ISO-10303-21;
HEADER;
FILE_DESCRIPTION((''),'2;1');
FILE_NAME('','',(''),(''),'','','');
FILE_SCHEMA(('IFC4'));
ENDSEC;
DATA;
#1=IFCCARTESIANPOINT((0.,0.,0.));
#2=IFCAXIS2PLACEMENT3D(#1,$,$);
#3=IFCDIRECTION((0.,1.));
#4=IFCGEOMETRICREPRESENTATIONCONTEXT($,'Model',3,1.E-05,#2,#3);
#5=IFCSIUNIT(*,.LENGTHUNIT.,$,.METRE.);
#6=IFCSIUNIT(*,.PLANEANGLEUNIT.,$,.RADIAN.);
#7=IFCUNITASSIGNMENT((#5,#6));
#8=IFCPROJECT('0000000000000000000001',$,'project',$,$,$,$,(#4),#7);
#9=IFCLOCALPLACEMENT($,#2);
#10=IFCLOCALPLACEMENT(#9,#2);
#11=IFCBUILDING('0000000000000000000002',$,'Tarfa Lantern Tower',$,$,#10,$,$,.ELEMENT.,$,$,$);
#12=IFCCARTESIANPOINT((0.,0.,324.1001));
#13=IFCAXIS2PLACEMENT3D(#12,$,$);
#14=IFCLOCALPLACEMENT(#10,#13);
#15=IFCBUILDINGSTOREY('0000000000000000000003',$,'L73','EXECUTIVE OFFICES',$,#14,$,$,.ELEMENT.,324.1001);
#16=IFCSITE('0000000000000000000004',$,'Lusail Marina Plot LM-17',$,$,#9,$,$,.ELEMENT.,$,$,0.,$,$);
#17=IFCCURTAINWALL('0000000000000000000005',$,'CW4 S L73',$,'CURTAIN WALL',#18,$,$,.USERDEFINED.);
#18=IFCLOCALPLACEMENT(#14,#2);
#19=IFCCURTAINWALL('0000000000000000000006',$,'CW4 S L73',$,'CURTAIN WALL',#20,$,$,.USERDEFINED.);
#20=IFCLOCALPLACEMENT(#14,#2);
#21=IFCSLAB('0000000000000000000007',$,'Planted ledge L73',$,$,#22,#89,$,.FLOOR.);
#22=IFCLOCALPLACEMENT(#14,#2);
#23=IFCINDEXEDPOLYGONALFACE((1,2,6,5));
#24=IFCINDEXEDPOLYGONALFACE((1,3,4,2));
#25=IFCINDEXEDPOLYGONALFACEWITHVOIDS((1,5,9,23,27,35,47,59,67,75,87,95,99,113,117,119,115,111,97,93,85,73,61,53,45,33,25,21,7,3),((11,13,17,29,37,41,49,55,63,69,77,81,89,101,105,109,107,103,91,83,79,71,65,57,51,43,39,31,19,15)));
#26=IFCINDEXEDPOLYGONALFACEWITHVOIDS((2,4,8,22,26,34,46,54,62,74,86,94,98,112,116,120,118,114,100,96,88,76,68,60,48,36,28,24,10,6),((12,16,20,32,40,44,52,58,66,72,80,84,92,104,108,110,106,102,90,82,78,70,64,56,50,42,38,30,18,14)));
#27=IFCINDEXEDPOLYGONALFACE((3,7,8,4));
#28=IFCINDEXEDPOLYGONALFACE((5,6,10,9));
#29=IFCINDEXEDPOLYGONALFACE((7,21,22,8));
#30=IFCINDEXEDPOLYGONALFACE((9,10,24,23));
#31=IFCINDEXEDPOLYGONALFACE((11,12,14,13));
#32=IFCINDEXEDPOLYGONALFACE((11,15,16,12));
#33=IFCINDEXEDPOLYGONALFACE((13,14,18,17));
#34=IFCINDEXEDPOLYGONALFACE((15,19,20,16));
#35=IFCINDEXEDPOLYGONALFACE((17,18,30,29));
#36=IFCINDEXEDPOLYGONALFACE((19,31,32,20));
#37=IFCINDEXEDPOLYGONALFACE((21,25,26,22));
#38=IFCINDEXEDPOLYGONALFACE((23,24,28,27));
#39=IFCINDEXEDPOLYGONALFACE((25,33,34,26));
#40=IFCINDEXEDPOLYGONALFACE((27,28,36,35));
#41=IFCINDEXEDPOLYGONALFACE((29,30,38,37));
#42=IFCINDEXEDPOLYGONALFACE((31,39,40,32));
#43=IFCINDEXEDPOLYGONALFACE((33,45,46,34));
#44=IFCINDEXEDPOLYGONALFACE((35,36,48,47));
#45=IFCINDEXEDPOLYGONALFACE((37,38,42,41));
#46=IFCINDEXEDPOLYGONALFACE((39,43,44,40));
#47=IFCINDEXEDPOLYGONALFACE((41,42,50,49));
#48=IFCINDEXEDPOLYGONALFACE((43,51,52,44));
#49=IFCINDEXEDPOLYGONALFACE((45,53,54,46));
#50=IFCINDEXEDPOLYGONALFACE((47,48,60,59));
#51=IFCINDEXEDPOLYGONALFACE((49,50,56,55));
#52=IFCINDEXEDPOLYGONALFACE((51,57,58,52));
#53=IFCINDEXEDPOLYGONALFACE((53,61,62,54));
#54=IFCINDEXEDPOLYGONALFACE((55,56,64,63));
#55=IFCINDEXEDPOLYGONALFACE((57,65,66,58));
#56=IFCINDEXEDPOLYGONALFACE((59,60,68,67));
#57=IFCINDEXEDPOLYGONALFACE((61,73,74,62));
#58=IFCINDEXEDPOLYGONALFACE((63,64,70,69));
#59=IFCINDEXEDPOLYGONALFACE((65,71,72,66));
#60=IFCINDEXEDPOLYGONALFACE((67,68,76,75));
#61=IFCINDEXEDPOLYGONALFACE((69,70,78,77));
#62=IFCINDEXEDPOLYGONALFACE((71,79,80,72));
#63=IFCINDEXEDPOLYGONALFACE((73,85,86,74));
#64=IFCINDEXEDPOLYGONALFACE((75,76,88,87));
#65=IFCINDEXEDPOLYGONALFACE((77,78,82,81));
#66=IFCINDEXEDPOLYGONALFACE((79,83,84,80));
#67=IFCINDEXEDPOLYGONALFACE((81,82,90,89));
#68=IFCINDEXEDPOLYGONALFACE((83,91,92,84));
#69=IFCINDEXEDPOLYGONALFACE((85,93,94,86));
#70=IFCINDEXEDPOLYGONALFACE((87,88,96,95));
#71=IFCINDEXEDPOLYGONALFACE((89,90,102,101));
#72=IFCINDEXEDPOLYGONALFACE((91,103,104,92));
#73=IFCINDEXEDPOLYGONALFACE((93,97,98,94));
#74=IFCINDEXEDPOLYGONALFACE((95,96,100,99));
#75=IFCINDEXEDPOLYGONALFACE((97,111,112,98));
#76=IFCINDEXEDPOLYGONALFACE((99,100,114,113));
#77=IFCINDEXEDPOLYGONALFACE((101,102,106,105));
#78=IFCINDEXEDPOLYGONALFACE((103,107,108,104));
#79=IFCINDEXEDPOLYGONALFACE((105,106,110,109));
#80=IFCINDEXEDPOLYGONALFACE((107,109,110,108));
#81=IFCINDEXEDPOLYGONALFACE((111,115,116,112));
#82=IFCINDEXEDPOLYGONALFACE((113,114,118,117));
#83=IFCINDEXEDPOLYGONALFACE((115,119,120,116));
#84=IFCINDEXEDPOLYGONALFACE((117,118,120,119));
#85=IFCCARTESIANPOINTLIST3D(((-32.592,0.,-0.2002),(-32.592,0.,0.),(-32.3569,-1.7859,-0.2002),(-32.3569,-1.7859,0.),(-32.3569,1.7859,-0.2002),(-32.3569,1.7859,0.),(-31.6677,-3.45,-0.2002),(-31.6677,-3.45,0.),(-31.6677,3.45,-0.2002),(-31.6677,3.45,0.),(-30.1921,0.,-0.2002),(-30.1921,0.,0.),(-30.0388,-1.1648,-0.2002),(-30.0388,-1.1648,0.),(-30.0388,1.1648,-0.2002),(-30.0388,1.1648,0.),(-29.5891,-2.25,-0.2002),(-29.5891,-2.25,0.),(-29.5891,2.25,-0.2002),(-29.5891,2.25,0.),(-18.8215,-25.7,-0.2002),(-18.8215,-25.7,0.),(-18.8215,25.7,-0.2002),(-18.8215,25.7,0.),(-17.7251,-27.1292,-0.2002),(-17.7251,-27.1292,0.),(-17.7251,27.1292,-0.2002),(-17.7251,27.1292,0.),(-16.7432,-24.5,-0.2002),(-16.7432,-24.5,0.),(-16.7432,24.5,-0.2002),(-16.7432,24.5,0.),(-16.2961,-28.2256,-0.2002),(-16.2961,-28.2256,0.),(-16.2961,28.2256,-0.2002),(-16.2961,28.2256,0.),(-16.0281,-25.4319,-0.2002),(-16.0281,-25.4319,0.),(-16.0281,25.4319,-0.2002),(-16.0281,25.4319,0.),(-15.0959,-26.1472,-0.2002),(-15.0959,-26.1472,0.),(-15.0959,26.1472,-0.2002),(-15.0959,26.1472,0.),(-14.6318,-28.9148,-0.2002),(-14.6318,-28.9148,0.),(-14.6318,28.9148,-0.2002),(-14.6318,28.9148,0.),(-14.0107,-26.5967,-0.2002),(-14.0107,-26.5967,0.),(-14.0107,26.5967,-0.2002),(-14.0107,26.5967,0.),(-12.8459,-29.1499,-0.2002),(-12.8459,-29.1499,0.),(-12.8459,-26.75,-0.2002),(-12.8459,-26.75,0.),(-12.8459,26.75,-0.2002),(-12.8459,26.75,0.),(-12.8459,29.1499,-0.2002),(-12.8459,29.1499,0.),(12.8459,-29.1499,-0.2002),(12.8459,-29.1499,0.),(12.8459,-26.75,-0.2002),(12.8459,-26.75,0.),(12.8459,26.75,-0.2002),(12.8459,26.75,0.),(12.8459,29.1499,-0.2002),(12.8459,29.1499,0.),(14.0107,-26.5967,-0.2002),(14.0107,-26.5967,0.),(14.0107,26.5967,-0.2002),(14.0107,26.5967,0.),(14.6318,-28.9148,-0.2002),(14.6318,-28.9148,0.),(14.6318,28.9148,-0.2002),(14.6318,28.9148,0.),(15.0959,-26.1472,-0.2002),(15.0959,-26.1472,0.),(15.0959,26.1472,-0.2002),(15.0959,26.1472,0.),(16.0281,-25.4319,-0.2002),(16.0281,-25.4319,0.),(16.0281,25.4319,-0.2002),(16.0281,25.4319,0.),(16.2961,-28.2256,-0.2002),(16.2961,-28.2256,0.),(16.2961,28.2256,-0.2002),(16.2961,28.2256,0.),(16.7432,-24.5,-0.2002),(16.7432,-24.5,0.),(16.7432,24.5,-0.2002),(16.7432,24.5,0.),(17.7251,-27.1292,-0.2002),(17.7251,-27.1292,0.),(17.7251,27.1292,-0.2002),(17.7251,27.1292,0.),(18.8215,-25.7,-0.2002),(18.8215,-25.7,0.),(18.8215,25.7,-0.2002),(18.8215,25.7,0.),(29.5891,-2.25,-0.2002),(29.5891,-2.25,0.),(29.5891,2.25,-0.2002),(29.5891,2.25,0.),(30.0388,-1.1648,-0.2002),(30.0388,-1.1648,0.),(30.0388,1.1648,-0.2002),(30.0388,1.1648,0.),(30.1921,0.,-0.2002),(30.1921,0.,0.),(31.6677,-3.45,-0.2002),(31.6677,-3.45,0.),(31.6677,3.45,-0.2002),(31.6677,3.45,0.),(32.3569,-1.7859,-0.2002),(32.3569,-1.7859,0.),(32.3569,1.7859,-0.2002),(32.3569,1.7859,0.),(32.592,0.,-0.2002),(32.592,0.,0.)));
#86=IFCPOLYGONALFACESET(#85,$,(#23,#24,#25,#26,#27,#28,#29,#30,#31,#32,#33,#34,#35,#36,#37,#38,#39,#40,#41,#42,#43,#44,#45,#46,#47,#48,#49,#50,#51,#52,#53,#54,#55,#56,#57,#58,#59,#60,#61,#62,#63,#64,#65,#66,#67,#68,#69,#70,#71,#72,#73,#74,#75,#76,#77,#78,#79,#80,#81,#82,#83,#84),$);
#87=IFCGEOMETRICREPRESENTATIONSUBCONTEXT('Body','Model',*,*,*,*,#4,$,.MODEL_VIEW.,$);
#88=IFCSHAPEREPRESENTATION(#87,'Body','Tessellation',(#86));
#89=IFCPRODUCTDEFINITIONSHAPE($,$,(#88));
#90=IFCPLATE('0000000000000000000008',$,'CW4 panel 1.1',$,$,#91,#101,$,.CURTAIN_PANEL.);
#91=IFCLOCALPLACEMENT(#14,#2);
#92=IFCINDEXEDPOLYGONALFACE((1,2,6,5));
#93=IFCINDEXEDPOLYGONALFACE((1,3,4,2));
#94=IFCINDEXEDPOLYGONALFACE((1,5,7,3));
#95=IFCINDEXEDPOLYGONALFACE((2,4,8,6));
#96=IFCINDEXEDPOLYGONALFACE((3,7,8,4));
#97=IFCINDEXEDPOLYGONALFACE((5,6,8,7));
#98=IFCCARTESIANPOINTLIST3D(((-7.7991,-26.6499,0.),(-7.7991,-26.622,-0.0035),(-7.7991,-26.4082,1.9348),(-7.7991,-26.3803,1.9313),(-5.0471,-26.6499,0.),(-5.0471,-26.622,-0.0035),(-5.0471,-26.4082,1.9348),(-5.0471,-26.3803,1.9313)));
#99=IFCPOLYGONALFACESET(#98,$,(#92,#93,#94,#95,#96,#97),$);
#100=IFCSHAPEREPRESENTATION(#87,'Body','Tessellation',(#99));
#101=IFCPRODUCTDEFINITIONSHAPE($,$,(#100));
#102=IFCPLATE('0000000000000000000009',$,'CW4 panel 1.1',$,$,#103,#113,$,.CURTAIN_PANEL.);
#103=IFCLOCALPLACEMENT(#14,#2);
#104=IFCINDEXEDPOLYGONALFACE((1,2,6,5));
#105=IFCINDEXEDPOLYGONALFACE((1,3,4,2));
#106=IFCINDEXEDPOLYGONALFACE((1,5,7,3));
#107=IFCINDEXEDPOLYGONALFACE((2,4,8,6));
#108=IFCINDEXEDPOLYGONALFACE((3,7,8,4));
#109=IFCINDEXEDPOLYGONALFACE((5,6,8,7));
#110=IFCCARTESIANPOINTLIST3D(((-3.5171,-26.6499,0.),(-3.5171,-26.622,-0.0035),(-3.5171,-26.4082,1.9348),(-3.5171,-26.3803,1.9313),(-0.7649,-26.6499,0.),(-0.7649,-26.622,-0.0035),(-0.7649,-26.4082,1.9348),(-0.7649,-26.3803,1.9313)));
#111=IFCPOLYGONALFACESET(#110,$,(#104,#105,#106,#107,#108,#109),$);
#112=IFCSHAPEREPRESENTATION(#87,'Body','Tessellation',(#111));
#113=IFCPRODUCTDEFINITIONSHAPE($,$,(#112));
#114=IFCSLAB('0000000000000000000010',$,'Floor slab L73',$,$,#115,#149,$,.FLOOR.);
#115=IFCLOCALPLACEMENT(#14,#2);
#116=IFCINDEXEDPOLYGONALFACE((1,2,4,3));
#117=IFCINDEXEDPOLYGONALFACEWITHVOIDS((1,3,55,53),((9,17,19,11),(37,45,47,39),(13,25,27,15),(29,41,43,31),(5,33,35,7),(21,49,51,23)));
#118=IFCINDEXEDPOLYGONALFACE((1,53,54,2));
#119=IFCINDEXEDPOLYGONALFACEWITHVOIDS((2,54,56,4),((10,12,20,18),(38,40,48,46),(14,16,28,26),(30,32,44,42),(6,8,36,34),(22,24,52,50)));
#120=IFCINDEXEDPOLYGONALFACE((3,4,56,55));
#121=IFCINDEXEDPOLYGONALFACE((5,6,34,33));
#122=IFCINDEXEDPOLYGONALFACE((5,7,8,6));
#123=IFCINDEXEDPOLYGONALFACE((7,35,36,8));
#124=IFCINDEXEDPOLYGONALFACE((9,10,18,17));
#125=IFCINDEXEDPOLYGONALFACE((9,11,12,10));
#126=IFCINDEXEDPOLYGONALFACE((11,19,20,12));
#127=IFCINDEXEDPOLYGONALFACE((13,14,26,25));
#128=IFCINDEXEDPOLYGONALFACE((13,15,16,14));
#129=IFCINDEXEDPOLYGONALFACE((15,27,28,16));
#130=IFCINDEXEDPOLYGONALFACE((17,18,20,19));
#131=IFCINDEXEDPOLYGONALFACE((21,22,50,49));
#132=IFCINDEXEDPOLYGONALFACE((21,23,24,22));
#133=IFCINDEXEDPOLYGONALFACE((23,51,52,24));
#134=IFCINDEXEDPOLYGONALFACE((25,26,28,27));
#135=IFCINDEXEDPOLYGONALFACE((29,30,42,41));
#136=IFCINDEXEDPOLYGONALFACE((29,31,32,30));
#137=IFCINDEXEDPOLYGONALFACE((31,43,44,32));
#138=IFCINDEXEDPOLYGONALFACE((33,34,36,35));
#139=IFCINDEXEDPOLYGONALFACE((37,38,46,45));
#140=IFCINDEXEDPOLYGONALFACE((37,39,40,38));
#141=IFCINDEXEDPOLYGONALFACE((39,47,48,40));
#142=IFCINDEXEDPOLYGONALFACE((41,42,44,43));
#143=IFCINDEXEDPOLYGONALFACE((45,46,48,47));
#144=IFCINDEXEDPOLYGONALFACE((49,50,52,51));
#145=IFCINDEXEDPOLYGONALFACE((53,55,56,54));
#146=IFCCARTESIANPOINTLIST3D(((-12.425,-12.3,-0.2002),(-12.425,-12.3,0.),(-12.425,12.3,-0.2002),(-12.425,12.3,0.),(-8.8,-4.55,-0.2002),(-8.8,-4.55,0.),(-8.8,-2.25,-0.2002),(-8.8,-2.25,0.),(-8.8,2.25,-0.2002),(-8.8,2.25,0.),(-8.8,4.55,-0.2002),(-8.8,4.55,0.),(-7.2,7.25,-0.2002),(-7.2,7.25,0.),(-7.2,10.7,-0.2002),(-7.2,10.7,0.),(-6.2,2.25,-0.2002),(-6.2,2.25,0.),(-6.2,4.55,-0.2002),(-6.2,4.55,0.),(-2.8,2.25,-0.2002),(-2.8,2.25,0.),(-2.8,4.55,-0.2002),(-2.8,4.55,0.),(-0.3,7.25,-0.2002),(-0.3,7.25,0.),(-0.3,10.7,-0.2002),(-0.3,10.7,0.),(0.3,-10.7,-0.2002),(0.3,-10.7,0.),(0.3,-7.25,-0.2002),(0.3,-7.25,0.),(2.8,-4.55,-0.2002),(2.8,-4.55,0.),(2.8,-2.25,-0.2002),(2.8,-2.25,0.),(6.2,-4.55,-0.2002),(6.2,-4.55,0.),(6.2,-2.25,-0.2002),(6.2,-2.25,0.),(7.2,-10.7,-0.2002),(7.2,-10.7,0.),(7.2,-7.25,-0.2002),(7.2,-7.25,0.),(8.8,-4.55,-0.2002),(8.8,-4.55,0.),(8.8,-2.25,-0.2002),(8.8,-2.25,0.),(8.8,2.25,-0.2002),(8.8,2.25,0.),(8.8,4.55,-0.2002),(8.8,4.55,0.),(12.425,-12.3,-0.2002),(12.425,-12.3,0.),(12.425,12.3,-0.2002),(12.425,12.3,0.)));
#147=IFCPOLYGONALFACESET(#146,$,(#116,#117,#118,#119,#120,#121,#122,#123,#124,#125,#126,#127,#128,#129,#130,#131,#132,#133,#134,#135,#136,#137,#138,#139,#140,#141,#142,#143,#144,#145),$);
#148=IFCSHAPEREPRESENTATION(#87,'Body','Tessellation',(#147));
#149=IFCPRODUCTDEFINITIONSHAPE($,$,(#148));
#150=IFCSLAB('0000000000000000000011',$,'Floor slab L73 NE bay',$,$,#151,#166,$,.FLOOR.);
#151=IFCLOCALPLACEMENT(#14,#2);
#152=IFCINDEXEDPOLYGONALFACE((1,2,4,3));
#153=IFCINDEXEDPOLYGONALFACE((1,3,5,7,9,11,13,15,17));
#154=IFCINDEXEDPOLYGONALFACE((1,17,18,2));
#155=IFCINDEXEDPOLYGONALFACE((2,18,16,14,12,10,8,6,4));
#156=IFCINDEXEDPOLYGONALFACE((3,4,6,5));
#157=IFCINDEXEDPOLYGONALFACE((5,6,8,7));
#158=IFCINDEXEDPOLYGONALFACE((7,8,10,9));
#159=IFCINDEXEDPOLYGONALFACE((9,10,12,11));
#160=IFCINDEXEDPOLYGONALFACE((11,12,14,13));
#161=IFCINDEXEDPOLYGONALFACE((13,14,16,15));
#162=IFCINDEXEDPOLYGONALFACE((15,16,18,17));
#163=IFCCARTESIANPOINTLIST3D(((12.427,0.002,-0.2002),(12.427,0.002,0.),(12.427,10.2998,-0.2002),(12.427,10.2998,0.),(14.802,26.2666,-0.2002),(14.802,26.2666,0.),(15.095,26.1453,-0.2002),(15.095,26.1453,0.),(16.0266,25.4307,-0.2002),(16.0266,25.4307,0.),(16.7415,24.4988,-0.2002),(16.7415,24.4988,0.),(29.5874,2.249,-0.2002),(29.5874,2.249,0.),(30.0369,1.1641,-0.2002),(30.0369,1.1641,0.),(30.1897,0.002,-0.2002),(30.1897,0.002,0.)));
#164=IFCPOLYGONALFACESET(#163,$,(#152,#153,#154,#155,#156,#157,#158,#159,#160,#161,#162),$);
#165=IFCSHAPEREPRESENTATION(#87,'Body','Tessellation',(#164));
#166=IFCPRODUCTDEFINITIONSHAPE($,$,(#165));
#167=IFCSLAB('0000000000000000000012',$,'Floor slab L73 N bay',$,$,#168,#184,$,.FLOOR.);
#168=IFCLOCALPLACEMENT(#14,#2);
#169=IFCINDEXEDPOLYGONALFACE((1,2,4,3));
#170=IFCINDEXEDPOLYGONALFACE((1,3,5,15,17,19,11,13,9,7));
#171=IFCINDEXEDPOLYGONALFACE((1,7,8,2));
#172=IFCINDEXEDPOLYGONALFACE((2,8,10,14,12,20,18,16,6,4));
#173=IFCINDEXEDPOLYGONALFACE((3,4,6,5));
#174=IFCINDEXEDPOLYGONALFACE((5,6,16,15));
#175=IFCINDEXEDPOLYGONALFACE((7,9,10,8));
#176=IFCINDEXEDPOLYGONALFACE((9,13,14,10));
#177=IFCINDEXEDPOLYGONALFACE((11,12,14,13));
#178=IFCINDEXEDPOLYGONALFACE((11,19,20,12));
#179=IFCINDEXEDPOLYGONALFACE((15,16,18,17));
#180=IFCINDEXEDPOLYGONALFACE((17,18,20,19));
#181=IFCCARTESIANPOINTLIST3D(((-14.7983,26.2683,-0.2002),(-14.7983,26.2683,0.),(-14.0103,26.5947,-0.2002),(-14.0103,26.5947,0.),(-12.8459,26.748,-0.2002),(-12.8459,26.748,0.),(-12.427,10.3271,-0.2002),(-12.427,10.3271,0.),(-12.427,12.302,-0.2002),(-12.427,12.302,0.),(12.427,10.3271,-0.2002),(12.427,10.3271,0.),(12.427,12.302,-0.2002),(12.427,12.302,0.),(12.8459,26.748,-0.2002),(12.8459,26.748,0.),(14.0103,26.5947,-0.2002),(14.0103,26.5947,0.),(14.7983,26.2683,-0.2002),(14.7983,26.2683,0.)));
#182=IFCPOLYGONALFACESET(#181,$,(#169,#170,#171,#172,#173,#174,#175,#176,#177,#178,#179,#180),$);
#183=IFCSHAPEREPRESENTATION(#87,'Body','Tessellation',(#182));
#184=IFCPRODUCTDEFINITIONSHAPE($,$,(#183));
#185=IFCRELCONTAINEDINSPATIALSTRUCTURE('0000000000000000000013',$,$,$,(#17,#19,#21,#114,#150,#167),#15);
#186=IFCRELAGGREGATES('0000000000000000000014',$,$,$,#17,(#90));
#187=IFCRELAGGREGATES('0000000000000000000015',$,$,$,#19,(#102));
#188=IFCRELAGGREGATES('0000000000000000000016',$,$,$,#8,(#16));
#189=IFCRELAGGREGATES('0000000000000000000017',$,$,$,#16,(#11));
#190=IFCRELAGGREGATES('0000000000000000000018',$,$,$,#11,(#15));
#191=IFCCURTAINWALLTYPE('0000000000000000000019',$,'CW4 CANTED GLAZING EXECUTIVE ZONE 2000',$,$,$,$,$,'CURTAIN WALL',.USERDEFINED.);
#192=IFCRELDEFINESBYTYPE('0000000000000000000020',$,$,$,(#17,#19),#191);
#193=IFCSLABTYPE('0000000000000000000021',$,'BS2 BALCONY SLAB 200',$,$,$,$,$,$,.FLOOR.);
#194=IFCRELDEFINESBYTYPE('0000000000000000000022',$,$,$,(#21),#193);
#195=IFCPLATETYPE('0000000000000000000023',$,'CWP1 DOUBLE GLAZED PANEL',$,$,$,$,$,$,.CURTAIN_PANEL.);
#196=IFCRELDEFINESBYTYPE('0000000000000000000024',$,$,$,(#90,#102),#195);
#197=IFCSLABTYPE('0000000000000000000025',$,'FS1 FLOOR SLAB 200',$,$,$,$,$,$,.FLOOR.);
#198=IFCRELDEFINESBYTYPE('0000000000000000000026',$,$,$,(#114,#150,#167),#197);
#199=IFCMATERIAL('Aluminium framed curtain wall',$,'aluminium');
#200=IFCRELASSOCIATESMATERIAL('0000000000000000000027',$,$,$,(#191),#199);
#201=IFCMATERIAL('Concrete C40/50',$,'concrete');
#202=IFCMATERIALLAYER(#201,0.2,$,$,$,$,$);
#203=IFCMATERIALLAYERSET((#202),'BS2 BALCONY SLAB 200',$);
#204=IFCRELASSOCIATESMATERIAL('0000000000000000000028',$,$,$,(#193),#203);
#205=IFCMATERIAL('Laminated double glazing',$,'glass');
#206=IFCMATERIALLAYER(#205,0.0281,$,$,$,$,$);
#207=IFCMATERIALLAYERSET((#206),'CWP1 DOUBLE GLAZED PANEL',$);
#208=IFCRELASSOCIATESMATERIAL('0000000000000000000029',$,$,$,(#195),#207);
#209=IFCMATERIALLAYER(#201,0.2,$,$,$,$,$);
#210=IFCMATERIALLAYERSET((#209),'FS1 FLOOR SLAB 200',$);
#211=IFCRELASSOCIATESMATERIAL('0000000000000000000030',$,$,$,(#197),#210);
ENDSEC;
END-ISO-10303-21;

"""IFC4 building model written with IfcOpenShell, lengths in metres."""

from ifc_helpers import new_model, si_unit, direction, frame, origin, place, context, subcontext, project, spatial, polyline, outline, extrude, material, layer, layer_set, type_object, element, aggregate, save


model = new_model("IFC4")

# Units and contexts
model_context = context("Model", 3, precision=1e-05, world=origin(), true_north=direction((0.0, 1.0)))
body_context = subcontext(model_context, "Body", "Model", "MODEL_VIEW")
ifc_project = project(units=[si_unit("LENGTHUNIT", "METRE"), si_unit("PLANEANGLEUNIT", "RADIAN")], contexts=[model_context])

# Site, building, storey
site_placement = place(None, origin())
site = spatial("IfcSite", under=ifc_project, at=site_placement, Name="Lusail Marina Plot LM-17", CompositionType="ELEMENT", RefElevation=0.0)
building_placement = place(site_placement, origin())
building = spatial("IfcBuilding", under=site, at=building_placement, Name="Tarfa Lantern Tower", CompositionType="ELEMENT")
storey_placement = place(building_placement, frame((0.0, 0.0, 324.1001)))
storey = spatial("IfcBuildingStorey", under=building, at=storey_placement, Name="L73", Description="EXECUTIVE OFFICES", CompositionType="ELEMENT", Elevation=324.1001)

# Shared definitions
ifc_material_1 = material(Name="Aluminium framed curtain wall", Category="aluminium")
curtain_wall_type = type_object("IfcCurtainWallType", Name="CW4 CANTED GLAZING EXECUTIVE ZONE 2000", ElementType="CURTAIN WALL", PredefinedType="USERDEFINED", material=ifc_material_1)

# Curtain walls
curtain_wall_1_placement = place(storey_placement, origin())
curtain_wall_1 = element("IfcCurtainWall", 1, at=curtain_wall_1_placement, inside=storey, type_object=curtain_wall_type, Name="CW4 S L73", ObjectType="CURTAIN WALL", PredefinedType="USERDEFINED")
curtain_wall_2_placement = place(storey_placement, origin())
curtain_wall_2 = element("IfcCurtainWall", 2, at=curtain_wall_2_placement, inside=storey, type_object=curtain_wall_type, Name="CW4 S L73", ObjectType="CURTAIN WALL", PredefinedType="USERDEFINED")

# Slab
ifc_material_2 = material(Name="Concrete C40/50", Category="concrete")
ifc_layer_1 = layer(ifc_material_2, 0.2)
ifc_layer_set_1 = layer_set([ifc_layer_1], Name="BS2 BALCONY SLAB 200")
slab_type_1 = type_object("IfcSlabType", Name="BS2 BALCONY SLAB 200", PredefinedType="FLOOR", material=ifc_layer_set_1)
slab_1_placement = place(storey_placement, frame((0.0, 0.0, -0.2002)))
element("IfcSlab", 3, at=slab_1_placement, inside=storey, type_object=slab_type_1, Name="Planted ledge L73", PredefinedType="FLOOR", context=body_context, shape_type="SweptSolid", body=[
    extrude(outline(polyline([(31.6677, 3.45), (18.8215, 25.7), (17.7251, 27.1292), (16.2961, 28.2256), (14.6318, 28.9148), (12.8459, 29.1499), (-12.8459, 29.1499), (-14.6318, 28.9148), (-16.2961, 28.2256), (-17.7251, 27.1292), (-18.8215, 25.7), (-31.6677, 3.45), (-32.3569, 1.7859), (-32.592, 0.0), (-32.3569, -1.7859), (-31.6677, -3.45), (-18.8215, -25.7), (-17.7251, -27.1292), (-16.2961, -28.2256), (-14.6318, -28.9148), (-12.8459, -29.1499), (12.8459, -29.1499), (14.6318, -28.9148), (16.2961, -28.2256), (17.7251, -27.1292), (18.8215, -25.7), (31.6677, -3.45), (32.3569, -1.7859), (32.592, 0.0), (32.3569, 1.7859), (31.6677, 3.45)]), holes=[polyline([(29.5891, 2.25), (16.7432, 24.5), (16.0281, 25.4319), (15.0959, 26.1472), (14.0107, 26.5967), (12.8459, 26.75), (-12.8459, 26.75), (-14.0107, 26.5967), (-15.0959, 26.1472), (-16.0281, 25.4319), (-16.7432, 24.5), (-29.5891, 2.25), (-30.0388, 1.1648), (-30.1921, 0.0), (-30.0388, -1.1648), (-29.5891, -2.25), (-16.7432, -24.5), (-16.0281, -25.4319), (-15.0959, -26.1472), (-14.0107, -26.5967), (-12.8459, -26.75), (12.8459, -26.75), (14.0107, -26.5967), (15.0959, -26.1472), (16.0281, -25.4319), (16.7432, -24.5), (29.5891, -2.25), (30.0388, -1.1648), (30.1921, 0.0), (30.0388, 1.1648), (29.5891, 2.25)])]), origin(), (0.0, 0.0, 1.0), 0.2002),
])

# Plates
ifc_material_3 = material(Name="Laminated double glazing", Category="glass")
ifc_layer_2 = layer(ifc_material_3, 0.0281)
ifc_layer_set_2 = layer_set([ifc_layer_2], Name="CWP1 DOUBLE GLAZED PANEL")
plate_type = type_object("IfcPlateType", Name="CWP1 DOUBLE GLAZED PANEL", PredefinedType="CURTAIN_PANEL", material=ifc_layer_set_2)
plate_1_placement = place(storey_placement, frame((-7.7991, -26.6499, 0.0), z_axis=(0.0, -0.992288, 0.123958), x_axis=(1.0, 0.0, 0.0)))
plate_1 = element("IfcPlate", 4, at=plate_1_placement, type_object=plate_type, Name="CW4 panel 1.1", PredefinedType="CURTAIN_PANEL", context=body_context, shape_type="SweptSolid", body=[
    extrude(outline(polyline([(0.0, 0.0), (2.752, 0.0), (2.752, 1.9499), (0.0, 1.9499), (0.0, 0.0)])), origin(), (0.0, 0.0, -1.0), 0.0281),
])
aggregate(curtain_wall_1, [plate_1])
plate_2_placement = place(storey_placement, frame((-3.5171, -26.6499, 0.0), z_axis=(0.0, -0.992288, 0.123958), x_axis=(1.0, 0.0, 0.0)))
plate_2 = element("IfcPlate", 5, at=plate_2_placement, type_object=plate_type, Name="CW4 panel 1.1", PredefinedType="CURTAIN_PANEL", context=body_context, shape_type="SweptSolid", body=[
    extrude(outline(polyline([(0.0, 0.0), (2.7522, 0.0), (2.7522, 1.9499), (0.0, 1.9499), (0.0, 0.0)])), origin(), (0.0, 0.0, -1.0), 0.0281),
])
aggregate(curtain_wall_2, [plate_2])

# Slabs
ifc_layer_3 = layer(ifc_material_2, 0.2)
ifc_layer_set_3 = layer_set([ifc_layer_3], Name="FS1 FLOOR SLAB 200")
slab_type_2 = type_object("IfcSlabType", Name="FS1 FLOOR SLAB 200", PredefinedType="FLOOR", material=ifc_layer_set_3)
slab_2_placement = place(storey_placement, frame((0.0, 0.0, -0.2002)))
element("IfcSlab", 6, at=slab_2_placement, inside=storey, type_object=slab_type_2, Name="Floor slab L73", PredefinedType="FLOOR", context=body_context, shape_type="SweptSolid", body=[
    extrude(outline(polyline([(-12.425, -12.3), (12.425, -12.3), (12.425, 12.3), (-12.425, 12.3), (-12.425, -12.3)]), holes=[polyline([(-8.8, 2.25), (-6.2, 2.25), (-6.2, 4.55), (-8.8, 4.55), (-8.8, 2.25)]), polyline([(-2.8, 2.25), (8.8, 2.25), (8.8, 4.55), (-2.8, 4.55), (-2.8, 2.25)]), polyline([(8.8, -2.25), (6.2, -2.25), (6.2, -4.55), (8.8, -4.55), (8.8, -2.25)]), polyline([(2.8, -2.25), (-8.8, -2.25), (-8.8, -4.55), (2.8, -4.55), (2.8, -2.25)]), polyline([(-7.2, 7.25), (-0.3, 7.25), (-0.3, 10.7), (-7.2, 10.7), (-7.2, 7.25)]), polyline([(7.2, -7.25), (0.3, -7.25), (0.3, -10.7), (7.2, -10.7), (7.2, -7.25)])]), origin(), (0.0, 0.0, 1.0), 0.2002),
])
slab_3_placement = place(storey_placement, frame((0.0, 0.0, -0.2002)))
element("IfcSlab", 7, at=slab_3_placement, inside=storey, type_object=slab_type_2, Name="Floor slab L73 NE bay", PredefinedType="FLOOR", context=body_context, shape_type="SweptSolid", body=[
    extrude(outline(polyline([(29.5874, 2.249), (16.7415, 24.4988), (16.0266, 25.4307), (15.095, 26.1453), (14.802, 26.2666), (12.427, 10.2998), (12.427, 0.002), (30.1897, 0.002), (30.0369, 1.1641), (29.5874, 2.249)])), origin(), (0.0, 0.0, 1.0), 0.2002),
])
slab_4_placement = place(storey_placement, frame((0.0, 0.0, -0.2002)))
element("IfcSlab", 8, at=slab_4_placement, inside=storey, type_object=slab_type_2, Name="Floor slab L73 N bay", PredefinedType="FLOOR", context=body_context, shape_type="SweptSolid", body=[
    extrude(outline(polyline([(-12.427, 10.3271), (-12.427, 12.302), (12.427, 12.302), (12.427, 10.3271), (14.7983, 26.2683), (14.0103, 26.5947), (12.8459, 26.748), (-12.8459, 26.748), (-14.0103, 26.5947), (-14.7983, 26.2683), (-12.427, 10.3271)])), origin(), (0.0, 0.0, 1.0), 0.2002),
])

save(model, "model.ifc")
